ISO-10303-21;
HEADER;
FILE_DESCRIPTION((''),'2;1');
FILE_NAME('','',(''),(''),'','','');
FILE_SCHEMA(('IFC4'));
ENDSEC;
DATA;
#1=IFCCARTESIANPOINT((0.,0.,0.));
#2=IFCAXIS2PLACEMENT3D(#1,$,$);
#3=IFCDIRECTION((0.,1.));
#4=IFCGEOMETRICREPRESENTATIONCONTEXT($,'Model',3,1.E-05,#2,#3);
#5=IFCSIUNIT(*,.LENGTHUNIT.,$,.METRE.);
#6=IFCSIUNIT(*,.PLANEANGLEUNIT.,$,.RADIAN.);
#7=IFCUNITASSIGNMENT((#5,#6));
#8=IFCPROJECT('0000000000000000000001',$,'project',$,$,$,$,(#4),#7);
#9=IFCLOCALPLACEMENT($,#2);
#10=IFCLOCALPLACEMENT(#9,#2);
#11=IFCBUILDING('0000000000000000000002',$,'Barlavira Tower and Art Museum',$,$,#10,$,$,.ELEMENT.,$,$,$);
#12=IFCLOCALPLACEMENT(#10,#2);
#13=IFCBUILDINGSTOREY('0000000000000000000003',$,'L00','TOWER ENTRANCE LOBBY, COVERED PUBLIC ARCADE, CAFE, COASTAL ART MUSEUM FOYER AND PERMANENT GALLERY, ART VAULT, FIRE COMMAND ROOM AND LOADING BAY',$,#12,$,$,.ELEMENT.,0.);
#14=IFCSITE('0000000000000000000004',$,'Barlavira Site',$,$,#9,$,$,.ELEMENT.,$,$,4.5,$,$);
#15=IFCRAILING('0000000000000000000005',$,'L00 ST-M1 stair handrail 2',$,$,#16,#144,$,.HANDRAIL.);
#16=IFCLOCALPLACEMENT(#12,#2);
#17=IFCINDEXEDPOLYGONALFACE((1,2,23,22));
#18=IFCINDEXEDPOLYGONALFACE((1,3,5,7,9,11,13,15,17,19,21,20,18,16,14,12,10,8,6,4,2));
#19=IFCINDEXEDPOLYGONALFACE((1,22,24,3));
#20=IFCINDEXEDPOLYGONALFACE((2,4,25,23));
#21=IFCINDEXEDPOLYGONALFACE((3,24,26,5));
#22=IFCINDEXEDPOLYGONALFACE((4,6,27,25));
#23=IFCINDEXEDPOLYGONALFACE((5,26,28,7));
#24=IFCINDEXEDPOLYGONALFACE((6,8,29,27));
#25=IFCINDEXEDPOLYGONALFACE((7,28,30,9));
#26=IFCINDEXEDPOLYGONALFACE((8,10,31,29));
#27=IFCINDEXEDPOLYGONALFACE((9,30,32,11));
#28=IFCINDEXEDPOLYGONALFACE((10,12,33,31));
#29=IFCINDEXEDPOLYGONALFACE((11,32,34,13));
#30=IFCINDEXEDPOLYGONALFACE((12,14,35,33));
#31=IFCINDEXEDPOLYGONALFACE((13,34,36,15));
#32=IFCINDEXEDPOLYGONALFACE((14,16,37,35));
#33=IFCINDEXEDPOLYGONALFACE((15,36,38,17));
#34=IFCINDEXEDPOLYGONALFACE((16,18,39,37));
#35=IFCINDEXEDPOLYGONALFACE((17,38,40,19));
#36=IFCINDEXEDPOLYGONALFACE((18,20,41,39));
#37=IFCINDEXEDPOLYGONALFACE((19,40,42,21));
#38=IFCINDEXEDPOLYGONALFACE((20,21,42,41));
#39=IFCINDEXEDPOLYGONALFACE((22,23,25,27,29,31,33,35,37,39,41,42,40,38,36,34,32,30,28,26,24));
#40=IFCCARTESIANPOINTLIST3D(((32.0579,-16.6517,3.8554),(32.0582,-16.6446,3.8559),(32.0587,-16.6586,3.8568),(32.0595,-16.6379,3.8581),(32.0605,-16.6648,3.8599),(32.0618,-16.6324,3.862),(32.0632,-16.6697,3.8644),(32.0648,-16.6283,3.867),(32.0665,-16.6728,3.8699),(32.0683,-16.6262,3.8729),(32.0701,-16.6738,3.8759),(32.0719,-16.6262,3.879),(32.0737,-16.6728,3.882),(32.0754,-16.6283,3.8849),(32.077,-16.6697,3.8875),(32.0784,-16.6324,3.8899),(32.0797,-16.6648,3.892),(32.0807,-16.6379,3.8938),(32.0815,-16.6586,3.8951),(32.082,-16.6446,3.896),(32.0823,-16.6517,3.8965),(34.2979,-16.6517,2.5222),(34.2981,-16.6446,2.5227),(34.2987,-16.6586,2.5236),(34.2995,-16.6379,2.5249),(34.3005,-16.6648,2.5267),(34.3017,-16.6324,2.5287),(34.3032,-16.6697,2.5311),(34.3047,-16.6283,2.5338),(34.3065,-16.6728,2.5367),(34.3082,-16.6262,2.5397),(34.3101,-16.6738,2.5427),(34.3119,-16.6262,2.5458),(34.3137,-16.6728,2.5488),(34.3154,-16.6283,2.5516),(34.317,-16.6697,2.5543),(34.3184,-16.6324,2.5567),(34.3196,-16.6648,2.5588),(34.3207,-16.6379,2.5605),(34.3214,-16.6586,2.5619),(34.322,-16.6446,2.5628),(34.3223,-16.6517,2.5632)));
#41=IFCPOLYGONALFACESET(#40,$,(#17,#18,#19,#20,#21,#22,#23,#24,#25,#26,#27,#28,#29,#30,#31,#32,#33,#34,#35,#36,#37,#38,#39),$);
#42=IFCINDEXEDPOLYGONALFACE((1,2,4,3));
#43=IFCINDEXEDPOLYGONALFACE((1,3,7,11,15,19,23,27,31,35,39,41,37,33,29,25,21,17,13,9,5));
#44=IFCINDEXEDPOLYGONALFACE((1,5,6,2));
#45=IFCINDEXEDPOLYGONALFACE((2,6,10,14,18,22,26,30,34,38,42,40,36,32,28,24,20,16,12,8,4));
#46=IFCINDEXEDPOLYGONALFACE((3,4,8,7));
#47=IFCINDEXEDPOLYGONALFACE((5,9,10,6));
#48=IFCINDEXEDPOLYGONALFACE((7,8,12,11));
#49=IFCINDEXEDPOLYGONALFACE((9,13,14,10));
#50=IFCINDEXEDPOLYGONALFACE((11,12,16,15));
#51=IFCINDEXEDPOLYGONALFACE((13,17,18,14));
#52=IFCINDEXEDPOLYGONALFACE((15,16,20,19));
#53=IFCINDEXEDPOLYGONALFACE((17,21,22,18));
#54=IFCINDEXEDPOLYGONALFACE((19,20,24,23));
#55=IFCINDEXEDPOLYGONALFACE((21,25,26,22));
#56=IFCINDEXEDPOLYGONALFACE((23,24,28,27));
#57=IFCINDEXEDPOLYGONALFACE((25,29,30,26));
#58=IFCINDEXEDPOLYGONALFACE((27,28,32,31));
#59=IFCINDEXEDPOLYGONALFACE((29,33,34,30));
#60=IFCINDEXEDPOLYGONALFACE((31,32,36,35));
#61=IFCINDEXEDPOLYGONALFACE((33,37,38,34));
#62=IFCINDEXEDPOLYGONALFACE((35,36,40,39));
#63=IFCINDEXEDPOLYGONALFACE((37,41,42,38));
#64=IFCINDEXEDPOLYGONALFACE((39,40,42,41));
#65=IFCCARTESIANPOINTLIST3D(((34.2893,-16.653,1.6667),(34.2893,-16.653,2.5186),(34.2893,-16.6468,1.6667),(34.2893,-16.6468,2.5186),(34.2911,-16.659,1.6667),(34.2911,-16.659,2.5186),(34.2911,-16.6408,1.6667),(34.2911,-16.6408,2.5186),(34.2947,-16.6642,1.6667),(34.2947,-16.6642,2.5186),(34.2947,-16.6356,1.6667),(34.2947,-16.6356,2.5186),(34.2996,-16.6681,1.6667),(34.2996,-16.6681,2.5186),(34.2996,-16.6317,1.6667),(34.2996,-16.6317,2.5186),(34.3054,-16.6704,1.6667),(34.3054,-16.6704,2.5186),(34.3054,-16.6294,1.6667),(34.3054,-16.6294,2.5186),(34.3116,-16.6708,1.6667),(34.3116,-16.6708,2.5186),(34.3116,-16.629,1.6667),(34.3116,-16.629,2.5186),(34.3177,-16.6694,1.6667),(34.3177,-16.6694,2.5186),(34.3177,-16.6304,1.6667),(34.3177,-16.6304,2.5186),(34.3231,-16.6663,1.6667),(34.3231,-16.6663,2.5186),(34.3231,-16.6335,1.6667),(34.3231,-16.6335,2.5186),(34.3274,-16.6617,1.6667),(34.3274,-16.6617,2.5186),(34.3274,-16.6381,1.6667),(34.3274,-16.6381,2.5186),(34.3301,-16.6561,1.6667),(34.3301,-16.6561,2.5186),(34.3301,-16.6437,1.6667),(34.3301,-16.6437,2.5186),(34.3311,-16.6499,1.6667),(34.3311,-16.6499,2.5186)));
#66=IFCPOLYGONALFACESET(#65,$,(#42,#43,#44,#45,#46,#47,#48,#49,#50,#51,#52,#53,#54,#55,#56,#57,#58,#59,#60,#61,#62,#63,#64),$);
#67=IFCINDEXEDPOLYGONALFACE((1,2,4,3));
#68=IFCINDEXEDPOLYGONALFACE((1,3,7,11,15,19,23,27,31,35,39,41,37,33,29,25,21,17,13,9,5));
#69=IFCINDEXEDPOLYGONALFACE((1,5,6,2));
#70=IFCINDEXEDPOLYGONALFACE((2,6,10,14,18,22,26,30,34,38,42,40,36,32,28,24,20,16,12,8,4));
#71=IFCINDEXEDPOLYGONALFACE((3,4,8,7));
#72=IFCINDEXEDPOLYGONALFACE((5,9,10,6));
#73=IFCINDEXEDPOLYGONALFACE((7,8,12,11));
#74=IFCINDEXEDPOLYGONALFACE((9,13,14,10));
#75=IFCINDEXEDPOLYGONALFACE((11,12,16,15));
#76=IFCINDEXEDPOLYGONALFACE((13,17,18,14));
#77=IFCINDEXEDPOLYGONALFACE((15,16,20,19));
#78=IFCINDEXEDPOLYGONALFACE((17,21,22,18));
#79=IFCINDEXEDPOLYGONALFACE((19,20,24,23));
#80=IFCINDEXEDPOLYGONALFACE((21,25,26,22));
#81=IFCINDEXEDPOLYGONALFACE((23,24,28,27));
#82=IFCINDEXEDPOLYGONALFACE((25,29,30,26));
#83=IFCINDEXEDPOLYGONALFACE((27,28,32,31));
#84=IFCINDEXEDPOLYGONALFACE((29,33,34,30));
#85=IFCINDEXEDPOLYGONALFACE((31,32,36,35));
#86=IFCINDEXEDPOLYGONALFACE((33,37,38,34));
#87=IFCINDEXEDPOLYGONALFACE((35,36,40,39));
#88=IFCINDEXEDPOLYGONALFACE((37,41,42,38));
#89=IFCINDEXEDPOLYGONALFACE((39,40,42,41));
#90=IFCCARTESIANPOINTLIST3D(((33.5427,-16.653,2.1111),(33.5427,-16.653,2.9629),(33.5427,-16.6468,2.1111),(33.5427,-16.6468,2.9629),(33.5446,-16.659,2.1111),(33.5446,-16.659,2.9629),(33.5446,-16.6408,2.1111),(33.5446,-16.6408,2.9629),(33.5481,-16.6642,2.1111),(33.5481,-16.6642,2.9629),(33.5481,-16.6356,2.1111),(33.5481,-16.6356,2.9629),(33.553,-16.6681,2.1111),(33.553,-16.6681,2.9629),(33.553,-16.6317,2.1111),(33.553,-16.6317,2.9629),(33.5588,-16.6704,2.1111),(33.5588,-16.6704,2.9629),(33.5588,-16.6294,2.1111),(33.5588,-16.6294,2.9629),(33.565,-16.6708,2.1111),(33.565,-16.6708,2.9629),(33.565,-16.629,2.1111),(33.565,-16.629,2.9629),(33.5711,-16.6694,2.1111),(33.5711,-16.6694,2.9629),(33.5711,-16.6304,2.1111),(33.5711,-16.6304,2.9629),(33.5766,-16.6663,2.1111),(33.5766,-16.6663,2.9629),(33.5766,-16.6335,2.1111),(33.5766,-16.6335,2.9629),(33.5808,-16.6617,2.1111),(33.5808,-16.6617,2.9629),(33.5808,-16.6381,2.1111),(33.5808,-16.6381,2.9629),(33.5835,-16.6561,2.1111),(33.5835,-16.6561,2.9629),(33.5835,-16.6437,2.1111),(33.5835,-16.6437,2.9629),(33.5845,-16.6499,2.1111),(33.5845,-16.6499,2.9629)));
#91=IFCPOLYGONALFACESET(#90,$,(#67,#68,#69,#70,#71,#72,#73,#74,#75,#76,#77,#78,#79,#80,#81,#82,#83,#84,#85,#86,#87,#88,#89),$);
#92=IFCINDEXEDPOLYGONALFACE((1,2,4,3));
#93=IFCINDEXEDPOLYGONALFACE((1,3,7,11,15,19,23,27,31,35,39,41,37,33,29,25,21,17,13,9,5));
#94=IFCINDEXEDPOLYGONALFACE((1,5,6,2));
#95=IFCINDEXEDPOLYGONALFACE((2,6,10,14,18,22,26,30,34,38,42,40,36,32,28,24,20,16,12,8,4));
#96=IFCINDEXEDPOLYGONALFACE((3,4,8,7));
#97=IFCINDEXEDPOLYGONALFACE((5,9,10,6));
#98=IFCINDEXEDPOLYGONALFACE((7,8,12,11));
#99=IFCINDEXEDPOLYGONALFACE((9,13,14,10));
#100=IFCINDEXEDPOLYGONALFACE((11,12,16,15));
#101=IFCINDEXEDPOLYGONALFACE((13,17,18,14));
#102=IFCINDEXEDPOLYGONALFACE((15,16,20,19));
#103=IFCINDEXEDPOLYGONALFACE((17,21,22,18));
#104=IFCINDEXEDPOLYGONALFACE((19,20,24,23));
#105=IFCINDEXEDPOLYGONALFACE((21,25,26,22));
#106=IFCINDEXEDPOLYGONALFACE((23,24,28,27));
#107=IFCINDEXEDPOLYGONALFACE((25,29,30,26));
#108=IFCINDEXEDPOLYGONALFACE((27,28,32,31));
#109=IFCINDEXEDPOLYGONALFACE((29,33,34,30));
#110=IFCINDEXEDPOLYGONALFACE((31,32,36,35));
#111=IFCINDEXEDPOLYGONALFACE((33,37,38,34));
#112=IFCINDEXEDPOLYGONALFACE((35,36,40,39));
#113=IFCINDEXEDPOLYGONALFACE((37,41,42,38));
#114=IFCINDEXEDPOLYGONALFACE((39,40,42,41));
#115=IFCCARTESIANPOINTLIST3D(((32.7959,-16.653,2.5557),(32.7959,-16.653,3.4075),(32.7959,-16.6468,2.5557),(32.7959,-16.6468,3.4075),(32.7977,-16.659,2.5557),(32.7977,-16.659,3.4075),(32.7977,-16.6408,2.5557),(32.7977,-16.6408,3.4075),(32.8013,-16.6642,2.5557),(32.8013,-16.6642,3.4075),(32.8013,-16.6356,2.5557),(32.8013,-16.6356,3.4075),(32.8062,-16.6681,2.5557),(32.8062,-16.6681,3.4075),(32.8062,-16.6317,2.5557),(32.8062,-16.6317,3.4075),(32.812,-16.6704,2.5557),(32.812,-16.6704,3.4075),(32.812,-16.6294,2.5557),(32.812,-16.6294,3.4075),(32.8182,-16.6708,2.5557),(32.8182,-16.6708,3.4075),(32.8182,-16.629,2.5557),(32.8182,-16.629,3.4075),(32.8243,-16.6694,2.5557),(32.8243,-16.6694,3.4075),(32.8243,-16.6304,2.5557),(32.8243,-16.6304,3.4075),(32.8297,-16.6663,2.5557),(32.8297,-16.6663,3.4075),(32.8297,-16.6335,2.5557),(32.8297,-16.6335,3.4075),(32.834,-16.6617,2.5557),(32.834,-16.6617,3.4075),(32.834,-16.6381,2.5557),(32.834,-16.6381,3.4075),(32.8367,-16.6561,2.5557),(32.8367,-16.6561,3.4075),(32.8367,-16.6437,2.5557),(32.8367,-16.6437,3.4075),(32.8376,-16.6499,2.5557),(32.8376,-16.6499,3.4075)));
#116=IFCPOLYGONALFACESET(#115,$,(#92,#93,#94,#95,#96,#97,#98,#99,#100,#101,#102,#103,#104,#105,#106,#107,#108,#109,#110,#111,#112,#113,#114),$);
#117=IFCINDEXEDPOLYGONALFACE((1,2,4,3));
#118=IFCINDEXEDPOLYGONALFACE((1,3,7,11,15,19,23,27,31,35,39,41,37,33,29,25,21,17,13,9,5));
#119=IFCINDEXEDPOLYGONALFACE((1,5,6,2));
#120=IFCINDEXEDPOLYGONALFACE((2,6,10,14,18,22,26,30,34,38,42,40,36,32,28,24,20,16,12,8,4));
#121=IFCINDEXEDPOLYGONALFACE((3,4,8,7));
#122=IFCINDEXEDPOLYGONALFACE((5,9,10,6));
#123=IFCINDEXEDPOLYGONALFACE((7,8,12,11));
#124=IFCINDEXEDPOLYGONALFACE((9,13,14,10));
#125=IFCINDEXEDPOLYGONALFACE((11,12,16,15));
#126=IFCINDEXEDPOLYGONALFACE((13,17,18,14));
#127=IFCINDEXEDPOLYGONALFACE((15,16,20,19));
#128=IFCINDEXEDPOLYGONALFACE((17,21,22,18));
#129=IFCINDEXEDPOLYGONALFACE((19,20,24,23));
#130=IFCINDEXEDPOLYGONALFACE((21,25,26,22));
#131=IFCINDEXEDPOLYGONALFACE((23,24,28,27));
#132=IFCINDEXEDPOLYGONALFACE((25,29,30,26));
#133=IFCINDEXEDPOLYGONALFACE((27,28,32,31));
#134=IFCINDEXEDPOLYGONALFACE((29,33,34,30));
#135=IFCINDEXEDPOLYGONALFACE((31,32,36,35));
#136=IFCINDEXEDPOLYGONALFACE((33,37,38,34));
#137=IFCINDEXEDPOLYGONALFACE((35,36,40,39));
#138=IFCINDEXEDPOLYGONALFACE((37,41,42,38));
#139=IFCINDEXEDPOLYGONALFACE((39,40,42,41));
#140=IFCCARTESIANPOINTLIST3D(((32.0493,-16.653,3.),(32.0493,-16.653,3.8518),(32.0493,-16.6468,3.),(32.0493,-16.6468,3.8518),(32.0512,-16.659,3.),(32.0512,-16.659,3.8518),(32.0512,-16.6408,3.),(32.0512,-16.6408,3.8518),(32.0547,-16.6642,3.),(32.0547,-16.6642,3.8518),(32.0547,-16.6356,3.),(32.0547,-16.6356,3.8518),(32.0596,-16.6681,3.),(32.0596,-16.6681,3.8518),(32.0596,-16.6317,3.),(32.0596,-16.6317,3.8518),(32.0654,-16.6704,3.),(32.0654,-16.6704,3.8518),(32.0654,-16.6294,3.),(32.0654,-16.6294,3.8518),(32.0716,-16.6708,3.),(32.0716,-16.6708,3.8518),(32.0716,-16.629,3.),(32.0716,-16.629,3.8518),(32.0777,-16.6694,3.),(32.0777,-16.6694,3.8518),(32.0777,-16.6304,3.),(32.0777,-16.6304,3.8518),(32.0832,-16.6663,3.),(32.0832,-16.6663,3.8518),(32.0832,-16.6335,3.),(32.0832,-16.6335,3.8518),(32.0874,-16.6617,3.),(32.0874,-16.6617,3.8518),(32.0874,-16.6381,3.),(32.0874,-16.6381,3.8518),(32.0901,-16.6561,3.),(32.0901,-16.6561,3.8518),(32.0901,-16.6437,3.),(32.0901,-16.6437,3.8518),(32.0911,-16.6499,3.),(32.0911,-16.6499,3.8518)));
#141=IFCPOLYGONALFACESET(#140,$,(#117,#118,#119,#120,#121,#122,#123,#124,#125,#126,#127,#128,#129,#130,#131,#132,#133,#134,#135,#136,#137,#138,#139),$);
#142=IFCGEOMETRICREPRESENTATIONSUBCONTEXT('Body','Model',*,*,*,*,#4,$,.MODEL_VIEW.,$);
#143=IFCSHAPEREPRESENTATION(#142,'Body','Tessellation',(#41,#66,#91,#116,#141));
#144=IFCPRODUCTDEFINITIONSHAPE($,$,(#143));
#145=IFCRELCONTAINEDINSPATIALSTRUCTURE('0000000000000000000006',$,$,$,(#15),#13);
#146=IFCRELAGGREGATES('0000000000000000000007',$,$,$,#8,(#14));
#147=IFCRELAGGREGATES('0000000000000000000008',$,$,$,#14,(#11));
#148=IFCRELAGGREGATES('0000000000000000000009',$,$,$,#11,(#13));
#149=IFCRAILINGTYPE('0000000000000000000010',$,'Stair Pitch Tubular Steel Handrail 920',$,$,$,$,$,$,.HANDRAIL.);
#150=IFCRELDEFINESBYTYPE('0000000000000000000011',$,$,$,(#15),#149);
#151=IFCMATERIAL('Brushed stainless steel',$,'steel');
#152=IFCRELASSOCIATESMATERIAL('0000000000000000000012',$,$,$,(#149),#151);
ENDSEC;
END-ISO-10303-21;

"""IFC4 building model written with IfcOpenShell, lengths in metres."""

from ifc_helpers import new_model, si_unit, direction, frame, origin, origin_2d, place, context, subcontext, project, spatial, circle, extrude, material, type_object, element, save


model = new_model("IFC4")

# Units and contexts
model_context = context("Model", 3, precision=1e-05, world=origin(), true_north=direction((0.0, 1.0)))
body_context = subcontext(model_context, "Body", "Model", "MODEL_VIEW")
ifc_project = project(units=[si_unit("LENGTHUNIT", "METRE"), si_unit("PLANEANGLEUNIT", "RADIAN")], contexts=[model_context])

# Site, building, storey
site_placement = place(None, origin())
site = spatial("IfcSite", under=ifc_project, at=site_placement, Name="Barlavira Site", CompositionType="ELEMENT", RefElevation=4.5)
building_placement = place(site_placement, origin())
building = spatial("IfcBuilding", under=site, at=building_placement, Name="Barlavira Tower and Art Museum", CompositionType="ELEMENT")
storey_placement = place(building_placement, origin())
storey = spatial("IfcBuildingStorey", under=building, at=storey_placement, Name="L00", Description="TOWER ENTRANCE LOBBY, COVERED PUBLIC ARCADE, CAFE, COASTAL ART MUSEUM FOYER AND PERMANENT GALLERY, ART VAULT, FIRE COMMAND ROOM AND LOADING BAY", CompositionType="ELEMENT", Elevation=0.0)

# Shared definitions
ifc_material_1 = material(Name="Brushed stainless steel", Category="steel")

# Railing
railing_type_1 = type_object("IfcRailingType", Name="Stair Pitch Tubular Steel Handrail 920", PredefinedType="HANDRAIL", material=ifc_material_1)
for number, where, name in (
    (1, (34.3101, -16.6499, 1.6667), "L00 ST-M1 stair handrail 2"),
):
    element("IfcRailing", number, at=place(storey_placement, frame(where)), inside=storey, type_object=railing_type_1, Name=name, PredefinedType="HANDRAIL", context=body_context, shape_type="SweptSolid", body=[
        extrude(circle(Radius=0.0239, at=origin_2d()), frame((0.0, 0.0, 0.876), z_axis=(-0.859306, 0.0, 0.511462), x_axis=(0.0, -1.0, 0.0)), (0.0, 0.0, 1.0), 2.6067),
        extrude(circle(Radius=0.021, at=origin_2d()), origin(), (0.0, 0.0, 1.0), 0.8518),
        extrude(circle(Radius=0.021, at=origin_2d()), frame((-0.7466, 0.0, 0.4443)), (0.0, 0.0, 1.0), 0.8518),
        extrude(circle(Radius=0.021, at=origin_2d()), frame((-1.4934, 0.0, 0.8889)), (0.0, 0.0, 1.0), 0.8518),
        extrude(circle(Radius=0.021, at=origin_2d()), frame((-2.24, 0.0, 1.3333)), (0.0, 0.0, 1.0), 0.8518),
    ])

save(model, "model.ifc")
